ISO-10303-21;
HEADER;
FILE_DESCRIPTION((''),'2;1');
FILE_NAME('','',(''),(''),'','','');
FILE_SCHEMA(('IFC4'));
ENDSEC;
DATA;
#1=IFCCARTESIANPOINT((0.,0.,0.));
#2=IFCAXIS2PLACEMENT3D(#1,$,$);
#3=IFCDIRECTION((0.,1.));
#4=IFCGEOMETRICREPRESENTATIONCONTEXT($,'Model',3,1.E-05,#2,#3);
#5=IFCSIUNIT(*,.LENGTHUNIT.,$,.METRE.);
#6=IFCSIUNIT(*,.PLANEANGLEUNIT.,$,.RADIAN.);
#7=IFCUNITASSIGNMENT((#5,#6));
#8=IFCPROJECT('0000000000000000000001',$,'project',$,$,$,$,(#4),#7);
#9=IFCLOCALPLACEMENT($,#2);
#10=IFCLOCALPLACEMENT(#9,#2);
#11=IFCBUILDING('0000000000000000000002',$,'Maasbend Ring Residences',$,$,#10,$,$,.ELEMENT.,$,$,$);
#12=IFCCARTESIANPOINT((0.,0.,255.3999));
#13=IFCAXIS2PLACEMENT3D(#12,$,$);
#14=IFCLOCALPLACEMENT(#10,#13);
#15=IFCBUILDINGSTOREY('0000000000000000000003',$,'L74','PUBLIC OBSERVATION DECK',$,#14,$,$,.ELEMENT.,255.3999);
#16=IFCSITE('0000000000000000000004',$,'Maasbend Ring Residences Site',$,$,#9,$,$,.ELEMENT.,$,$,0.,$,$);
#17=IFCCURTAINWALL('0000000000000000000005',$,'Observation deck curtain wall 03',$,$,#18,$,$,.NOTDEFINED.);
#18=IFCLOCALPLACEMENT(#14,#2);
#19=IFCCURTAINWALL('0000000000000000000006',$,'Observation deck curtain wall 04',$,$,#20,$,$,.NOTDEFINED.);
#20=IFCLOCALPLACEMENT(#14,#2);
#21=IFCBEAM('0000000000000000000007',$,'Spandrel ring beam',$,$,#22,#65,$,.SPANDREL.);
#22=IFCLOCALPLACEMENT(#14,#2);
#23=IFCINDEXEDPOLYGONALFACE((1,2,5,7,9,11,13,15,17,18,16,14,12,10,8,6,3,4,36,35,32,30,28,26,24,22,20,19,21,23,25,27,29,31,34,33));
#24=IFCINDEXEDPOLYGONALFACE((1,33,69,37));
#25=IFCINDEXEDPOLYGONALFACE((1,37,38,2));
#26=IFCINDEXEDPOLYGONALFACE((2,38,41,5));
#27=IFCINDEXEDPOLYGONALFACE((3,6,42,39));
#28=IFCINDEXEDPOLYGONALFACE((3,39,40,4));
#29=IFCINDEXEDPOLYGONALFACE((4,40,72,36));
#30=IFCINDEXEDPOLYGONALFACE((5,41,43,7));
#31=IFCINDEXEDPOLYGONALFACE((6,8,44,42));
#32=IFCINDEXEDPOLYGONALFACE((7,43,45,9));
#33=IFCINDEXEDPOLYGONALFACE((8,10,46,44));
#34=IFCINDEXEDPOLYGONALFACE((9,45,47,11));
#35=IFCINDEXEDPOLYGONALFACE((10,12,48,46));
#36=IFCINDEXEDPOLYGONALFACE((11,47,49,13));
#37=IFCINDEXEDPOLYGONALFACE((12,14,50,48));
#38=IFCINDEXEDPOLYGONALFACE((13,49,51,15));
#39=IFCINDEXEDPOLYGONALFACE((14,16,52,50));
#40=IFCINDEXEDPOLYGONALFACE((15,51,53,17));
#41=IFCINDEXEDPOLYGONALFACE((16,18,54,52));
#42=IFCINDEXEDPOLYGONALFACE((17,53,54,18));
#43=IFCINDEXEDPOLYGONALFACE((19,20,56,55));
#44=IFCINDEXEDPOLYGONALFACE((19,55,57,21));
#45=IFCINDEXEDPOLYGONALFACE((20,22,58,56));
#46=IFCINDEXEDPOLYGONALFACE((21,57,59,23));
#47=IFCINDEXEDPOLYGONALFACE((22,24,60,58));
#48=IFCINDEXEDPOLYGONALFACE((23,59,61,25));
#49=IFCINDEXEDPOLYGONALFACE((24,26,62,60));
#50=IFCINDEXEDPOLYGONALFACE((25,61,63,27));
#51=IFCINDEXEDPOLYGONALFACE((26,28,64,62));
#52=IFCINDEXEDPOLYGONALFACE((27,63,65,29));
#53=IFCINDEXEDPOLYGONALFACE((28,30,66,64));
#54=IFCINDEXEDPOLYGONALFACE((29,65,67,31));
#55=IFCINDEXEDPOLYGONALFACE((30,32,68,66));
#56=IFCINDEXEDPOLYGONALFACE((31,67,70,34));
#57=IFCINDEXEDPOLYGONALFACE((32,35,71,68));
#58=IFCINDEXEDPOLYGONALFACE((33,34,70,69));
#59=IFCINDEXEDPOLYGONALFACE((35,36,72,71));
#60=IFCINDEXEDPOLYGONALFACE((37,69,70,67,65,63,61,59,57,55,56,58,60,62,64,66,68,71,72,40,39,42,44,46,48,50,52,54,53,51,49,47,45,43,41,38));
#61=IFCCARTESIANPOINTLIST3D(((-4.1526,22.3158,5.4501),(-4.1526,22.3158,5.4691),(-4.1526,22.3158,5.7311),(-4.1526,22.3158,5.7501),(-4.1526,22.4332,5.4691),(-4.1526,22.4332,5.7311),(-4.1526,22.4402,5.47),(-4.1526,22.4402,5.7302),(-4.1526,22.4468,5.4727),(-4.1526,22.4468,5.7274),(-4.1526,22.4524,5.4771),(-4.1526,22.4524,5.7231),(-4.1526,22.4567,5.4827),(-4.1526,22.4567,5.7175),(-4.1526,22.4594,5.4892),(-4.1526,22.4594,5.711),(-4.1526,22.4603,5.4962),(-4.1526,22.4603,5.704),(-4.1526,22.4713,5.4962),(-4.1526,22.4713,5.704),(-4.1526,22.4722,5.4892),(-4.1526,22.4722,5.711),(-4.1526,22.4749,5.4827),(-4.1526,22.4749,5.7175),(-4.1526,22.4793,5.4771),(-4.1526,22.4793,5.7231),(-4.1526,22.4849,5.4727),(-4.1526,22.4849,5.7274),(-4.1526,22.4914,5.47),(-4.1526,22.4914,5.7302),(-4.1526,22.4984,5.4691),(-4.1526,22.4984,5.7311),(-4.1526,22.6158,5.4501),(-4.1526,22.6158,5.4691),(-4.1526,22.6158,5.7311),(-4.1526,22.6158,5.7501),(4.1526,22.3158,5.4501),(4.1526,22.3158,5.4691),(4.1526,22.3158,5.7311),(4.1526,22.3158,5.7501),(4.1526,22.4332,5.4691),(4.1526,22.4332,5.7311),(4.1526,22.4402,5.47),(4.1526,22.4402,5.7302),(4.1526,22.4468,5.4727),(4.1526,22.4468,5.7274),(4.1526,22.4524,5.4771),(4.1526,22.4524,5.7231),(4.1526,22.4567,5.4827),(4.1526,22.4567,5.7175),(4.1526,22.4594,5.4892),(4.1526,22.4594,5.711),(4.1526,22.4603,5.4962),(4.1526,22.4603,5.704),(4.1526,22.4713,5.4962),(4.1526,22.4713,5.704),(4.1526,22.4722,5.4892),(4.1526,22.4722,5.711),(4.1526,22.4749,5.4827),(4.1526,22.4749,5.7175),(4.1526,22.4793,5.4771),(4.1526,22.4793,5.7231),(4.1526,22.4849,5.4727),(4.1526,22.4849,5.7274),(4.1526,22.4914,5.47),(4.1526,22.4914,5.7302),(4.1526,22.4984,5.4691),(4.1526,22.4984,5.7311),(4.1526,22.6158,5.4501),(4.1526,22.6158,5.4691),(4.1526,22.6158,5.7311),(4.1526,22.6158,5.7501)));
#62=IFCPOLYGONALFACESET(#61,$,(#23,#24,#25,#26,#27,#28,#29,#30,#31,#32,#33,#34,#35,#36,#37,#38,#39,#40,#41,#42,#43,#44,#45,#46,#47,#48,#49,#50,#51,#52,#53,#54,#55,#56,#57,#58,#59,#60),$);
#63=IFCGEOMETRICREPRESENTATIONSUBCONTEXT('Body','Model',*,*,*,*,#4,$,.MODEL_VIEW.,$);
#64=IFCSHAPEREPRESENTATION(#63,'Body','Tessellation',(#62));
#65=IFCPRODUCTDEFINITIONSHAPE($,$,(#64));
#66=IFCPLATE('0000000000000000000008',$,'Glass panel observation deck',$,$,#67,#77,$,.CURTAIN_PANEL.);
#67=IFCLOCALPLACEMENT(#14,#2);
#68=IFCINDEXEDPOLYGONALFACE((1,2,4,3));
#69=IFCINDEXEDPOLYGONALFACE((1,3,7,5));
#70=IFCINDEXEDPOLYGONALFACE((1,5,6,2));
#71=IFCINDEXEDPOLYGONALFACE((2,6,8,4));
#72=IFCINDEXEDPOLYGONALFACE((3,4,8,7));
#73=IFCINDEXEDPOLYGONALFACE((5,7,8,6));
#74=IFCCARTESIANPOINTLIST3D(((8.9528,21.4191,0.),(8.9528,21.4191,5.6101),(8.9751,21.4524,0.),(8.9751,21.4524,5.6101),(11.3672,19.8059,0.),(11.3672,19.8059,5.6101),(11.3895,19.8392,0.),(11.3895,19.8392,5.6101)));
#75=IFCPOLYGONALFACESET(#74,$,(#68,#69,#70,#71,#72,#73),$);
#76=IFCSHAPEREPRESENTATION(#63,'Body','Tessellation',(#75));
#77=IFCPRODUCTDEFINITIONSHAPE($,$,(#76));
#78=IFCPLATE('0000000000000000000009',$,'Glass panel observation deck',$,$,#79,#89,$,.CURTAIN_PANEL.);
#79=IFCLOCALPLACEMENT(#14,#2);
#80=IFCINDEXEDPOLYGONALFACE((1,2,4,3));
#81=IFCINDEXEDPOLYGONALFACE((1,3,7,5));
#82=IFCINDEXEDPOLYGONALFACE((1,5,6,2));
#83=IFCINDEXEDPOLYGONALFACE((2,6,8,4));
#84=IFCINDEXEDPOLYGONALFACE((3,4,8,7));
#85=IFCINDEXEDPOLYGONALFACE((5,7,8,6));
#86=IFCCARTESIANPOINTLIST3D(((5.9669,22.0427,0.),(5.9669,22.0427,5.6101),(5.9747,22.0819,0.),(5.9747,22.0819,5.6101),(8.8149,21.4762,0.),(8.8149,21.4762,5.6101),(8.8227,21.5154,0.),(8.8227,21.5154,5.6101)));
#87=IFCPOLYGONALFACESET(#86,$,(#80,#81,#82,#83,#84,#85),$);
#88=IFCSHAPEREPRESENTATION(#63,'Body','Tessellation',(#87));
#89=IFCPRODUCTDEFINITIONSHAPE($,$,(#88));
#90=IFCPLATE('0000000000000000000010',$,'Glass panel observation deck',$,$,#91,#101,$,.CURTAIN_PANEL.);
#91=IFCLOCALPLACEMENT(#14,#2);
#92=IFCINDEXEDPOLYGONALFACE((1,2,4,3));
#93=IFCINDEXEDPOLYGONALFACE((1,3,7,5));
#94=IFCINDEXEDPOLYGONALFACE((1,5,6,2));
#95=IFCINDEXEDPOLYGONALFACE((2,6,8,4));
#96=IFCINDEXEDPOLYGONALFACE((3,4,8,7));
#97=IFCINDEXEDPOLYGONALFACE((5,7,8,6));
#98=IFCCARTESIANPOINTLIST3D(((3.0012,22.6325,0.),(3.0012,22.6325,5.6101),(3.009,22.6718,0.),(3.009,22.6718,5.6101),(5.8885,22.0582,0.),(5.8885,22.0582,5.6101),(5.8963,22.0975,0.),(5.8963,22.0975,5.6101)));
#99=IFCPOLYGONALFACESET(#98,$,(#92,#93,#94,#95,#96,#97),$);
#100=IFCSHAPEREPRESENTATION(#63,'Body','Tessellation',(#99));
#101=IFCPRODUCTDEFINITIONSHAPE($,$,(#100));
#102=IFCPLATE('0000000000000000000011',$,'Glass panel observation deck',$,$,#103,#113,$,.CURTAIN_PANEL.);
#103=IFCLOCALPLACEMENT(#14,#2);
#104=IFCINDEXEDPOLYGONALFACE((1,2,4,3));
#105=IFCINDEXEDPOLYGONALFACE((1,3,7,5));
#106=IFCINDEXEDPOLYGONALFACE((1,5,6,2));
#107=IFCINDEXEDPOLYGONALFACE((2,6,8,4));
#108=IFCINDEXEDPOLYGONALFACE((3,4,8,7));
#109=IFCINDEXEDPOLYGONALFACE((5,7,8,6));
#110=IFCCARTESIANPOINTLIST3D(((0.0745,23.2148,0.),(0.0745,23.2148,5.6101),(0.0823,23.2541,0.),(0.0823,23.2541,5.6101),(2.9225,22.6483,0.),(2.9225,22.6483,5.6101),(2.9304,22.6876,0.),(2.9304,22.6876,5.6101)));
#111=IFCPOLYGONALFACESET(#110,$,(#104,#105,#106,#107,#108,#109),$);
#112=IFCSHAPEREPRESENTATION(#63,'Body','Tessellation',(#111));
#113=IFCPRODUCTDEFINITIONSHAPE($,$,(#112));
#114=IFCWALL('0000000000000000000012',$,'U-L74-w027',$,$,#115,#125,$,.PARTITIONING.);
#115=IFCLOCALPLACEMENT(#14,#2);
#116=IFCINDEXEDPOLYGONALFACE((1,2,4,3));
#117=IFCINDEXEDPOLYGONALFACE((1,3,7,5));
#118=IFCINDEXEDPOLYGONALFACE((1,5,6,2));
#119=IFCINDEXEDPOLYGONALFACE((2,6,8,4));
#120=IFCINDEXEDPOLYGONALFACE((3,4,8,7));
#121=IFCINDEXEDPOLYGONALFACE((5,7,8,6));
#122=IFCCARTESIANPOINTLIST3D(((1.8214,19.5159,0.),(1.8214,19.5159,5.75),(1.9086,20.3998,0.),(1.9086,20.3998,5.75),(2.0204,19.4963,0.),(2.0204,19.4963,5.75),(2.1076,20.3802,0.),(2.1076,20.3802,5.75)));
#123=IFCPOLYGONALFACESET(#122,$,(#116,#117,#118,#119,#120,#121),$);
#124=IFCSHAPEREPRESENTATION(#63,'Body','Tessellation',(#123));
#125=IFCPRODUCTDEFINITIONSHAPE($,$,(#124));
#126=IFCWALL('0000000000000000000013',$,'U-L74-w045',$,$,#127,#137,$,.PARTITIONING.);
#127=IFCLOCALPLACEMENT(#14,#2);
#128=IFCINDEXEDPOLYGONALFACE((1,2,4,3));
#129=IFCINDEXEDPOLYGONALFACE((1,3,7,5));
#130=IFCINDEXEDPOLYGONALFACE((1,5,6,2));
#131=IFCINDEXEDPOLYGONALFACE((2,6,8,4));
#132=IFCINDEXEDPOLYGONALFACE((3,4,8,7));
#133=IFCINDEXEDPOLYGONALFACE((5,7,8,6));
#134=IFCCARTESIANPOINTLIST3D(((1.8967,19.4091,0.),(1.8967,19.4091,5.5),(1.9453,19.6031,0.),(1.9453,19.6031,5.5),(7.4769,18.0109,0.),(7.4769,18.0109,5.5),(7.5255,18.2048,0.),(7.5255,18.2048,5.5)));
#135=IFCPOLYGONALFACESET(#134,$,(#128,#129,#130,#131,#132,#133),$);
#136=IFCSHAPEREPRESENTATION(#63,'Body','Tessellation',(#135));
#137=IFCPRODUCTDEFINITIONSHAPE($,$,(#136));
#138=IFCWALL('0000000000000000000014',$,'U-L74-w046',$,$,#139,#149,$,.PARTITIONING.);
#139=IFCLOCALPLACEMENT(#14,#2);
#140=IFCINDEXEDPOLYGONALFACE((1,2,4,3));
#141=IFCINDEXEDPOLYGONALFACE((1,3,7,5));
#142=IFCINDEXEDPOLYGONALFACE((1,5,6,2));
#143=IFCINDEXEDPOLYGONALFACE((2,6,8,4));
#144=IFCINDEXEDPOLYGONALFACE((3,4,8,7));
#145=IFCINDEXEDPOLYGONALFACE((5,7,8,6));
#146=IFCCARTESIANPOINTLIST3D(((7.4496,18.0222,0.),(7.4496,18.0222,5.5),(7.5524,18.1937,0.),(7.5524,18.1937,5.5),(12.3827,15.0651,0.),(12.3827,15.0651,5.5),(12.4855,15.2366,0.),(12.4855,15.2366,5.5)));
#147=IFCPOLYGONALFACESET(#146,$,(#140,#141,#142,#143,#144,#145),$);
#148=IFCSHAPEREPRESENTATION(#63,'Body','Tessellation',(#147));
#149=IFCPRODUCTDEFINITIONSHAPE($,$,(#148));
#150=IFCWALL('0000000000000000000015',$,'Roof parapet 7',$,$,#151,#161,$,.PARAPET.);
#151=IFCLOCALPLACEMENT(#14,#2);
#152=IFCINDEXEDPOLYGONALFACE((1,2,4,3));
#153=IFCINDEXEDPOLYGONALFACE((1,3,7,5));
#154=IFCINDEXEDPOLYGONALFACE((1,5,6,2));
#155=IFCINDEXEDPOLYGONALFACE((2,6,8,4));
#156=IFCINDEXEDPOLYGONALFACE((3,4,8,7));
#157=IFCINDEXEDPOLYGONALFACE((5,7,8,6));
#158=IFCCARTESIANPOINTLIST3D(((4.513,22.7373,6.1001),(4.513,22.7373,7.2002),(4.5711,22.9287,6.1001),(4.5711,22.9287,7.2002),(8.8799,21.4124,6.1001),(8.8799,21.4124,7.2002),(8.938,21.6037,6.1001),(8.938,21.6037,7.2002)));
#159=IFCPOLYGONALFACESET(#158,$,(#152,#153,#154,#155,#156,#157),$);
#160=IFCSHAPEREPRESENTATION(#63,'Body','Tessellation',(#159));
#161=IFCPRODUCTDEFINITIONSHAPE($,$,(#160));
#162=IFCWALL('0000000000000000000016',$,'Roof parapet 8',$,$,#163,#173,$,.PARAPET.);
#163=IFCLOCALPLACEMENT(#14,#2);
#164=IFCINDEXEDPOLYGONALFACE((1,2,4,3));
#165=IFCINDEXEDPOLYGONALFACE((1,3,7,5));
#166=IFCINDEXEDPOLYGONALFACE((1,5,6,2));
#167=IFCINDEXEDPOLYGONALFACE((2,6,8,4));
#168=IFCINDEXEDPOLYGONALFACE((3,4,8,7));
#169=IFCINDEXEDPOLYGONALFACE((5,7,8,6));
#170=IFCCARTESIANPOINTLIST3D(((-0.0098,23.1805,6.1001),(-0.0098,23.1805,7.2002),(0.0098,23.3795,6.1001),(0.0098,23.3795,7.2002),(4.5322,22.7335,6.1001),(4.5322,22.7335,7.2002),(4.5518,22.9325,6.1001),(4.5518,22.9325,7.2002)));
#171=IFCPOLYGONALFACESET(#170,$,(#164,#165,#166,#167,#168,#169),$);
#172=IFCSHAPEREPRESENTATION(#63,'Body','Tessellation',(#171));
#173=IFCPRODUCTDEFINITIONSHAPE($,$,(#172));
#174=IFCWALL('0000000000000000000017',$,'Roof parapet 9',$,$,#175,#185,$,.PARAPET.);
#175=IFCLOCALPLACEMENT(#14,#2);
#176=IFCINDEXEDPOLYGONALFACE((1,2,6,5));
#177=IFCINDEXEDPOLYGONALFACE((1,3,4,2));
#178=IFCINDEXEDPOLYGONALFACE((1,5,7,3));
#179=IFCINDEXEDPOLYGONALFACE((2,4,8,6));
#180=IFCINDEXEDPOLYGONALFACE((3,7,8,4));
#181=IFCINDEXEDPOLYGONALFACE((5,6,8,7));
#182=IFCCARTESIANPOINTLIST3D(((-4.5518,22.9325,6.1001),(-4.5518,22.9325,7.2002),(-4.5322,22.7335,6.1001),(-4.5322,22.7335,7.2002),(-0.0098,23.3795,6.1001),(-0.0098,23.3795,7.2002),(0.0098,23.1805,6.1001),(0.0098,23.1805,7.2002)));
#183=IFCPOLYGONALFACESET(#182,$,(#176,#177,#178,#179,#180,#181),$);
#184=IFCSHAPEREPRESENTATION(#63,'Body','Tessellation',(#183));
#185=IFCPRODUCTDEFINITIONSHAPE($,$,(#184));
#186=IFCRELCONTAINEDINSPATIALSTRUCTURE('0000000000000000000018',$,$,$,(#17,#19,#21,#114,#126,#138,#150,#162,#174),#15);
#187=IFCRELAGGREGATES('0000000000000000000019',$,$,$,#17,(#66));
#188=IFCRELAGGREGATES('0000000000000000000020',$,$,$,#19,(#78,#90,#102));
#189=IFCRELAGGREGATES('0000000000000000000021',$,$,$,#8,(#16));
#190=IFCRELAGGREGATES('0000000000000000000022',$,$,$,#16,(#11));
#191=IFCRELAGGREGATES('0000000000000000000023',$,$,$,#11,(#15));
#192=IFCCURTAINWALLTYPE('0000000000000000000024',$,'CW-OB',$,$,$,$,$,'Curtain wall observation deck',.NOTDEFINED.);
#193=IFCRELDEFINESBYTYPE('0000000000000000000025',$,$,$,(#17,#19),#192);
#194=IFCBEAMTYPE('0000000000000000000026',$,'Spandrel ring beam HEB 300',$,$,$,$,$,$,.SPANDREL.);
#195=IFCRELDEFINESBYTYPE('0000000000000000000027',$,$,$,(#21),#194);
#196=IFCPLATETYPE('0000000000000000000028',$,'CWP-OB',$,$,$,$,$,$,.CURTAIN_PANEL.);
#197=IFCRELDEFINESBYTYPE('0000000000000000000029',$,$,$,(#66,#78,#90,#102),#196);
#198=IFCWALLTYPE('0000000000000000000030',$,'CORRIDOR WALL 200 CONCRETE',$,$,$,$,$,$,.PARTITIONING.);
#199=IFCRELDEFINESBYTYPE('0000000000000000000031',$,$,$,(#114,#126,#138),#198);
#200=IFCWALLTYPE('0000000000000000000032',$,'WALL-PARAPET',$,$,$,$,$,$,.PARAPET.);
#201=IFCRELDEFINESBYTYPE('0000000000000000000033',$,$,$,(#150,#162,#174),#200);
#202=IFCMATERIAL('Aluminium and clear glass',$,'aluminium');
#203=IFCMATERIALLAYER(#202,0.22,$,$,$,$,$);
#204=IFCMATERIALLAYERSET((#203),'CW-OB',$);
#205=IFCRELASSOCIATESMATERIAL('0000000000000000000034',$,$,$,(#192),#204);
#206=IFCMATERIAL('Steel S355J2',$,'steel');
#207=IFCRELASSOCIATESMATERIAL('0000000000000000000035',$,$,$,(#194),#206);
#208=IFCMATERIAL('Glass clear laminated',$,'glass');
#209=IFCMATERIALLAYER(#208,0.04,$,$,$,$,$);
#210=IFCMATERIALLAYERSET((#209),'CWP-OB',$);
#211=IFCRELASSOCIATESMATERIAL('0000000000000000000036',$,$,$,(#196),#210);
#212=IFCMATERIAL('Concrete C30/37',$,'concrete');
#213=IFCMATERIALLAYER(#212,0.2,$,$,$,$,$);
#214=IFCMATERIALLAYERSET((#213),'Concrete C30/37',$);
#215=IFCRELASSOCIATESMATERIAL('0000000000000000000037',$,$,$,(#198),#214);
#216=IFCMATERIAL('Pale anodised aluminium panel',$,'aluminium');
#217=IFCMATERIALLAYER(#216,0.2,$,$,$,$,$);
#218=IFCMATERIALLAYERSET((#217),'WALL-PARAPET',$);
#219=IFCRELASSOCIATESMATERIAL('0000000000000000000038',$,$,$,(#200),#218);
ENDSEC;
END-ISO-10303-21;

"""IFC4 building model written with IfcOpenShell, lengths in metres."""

from ifc_helpers import new_model, si_unit, direction, frame, frame_2d, origin, origin_2d, place, context, subcontext, project, spatial, rectangle, i_section, extrude, material, layer, layer_set, material_profile, profile_set, type_object, element, aggregate, save


model = new_model("IFC4")

# Units and contexts
model_context = context("Model", 3, precision=1e-05, world=origin(), true_north=direction((0.0, 1.0)))
body_context = subcontext(model_context, "Body", "Model", "MODEL_VIEW")
ifc_project = project(units=[si_unit("LENGTHUNIT", "METRE"), si_unit("PLANEANGLEUNIT", "RADIAN")], contexts=[model_context])

# Site, building, storey
site_placement = place(None, origin())
site = spatial("IfcSite", under=ifc_project, at=site_placement, Name="Maasbend Ring Residences Site", CompositionType="ELEMENT", RefElevation=0.0)
building_placement = place(site_placement, origin())
building = spatial("IfcBuilding", under=site, at=building_placement, Name="Maasbend Ring Residences", CompositionType="ELEMENT")
storey_placement = place(building_placement, frame((0.0, 0.0, 255.3999)))
storey = spatial("IfcBuildingStorey", under=building, at=storey_placement, Name="L74", Description="PUBLIC OBSERVATION DECK", CompositionType="ELEMENT", Elevation=255.3999)

# Curtain walls
ifc_material_1 = material(Name="Aluminium and clear glass", Category="aluminium")
ifc_layer_1 = layer(ifc_material_1, 0.22)
ifc_layer_set_1 = layer_set([ifc_layer_1], Name="CW-OB")
curtain_wall_type = type_object("IfcCurtainWallType", Name="CW-OB", ElementType="Curtain wall observation deck", PredefinedType="NOTDEFINED", material=ifc_layer_set_1)
curtain_wall_1_placement = place(storey_placement, origin())
curtain_wall_1 = element("IfcCurtainWall", 1, at=curtain_wall_1_placement, inside=storey, type_object=curtain_wall_type, Name="Observation deck curtain wall 03", PredefinedType="NOTDEFINED")
curtain_wall_2_placement = place(storey_placement, origin())
curtain_wall_2 = element("IfcCurtainWall", 2, at=curtain_wall_2_placement, inside=storey, type_object=curtain_wall_type, Name="Observation deck curtain wall 04", PredefinedType="NOTDEFINED")

# Beam
ifc_material_2 = material(Name="Steel S355J2", Category="steel")
ifc_material_profile_1 = material_profile(ifc_material_2, i_section(OverallWidth=0.3, OverallDepth=0.3, WebThickness=0.011, FlangeThickness=0.019, FilletRadius=0.0271, at=origin_2d()), Name="HEB 300")
ifc_profile_set_1 = profile_set([ifc_material_profile_1], Name="Steel S355J2")
beam_type_1 = type_object("IfcBeamType", Name="Spandrel ring beam HEB 300", PredefinedType="SPANDREL", material=ifc_profile_set_1)
beam_1_placement = place(storey_placement, frame((4.1526, 22.4658, 5.6001), z_axis=(-1.0, 0.0, 0.0), x_axis=(0.0, -1.0, 0.0)))
element("IfcBeam", 3, at=beam_1_placement, inside=storey, type_object=beam_type_1, Name="Spandrel ring beam", PredefinedType="SPANDREL", context=body_context, shape_type="SweptSolid", body=[
    extrude(i_section(OverallWidth=0.3, OverallDepth=0.3, WebThickness=0.011, FlangeThickness=0.019, FilletRadius=0.0271, at=origin_2d()), origin(), (0.0, 0.0, 1.0), 8.3052),
])

# Plates
ifc_material_3 = material(Name="Glass clear laminated", Category="glass")
ifc_layer_2 = layer(ifc_material_3, 0.04)
ifc_layer_set_2 = layer_set([ifc_layer_2], Name="CWP-OB")
plate_type = type_object("IfcPlateType", Name="CWP-OB", PredefinedType="CURTAIN_PANEL", material=ifc_layer_set_2)
plate_1_placement = place(storey_placement, frame((10.1711, 20.6292, 0.0), z_axis=(0.0, 0.0, 1.0), x_axis=(-0.83147, 0.55557, 0.0)))
plate_1 = element("IfcPlate", 4, at=plate_1_placement, type_object=plate_type, Name="Glass panel observation deck", PredefinedType="CURTAIN_PANEL", context=body_context, shape_type="SweptSolid", body=[
    extrude(rectangle(XDim=2.9038, YDim=0.04, at=origin_2d()), origin(), (0.0, 0.0, 1.0), 5.6101),
])
aggregate(curtain_wall_1, [plate_1])
plate_2_placement = place(storey_placement, frame((7.3948, 21.7791, 0.0), z_axis=(0.0, 0.0, 1.0), x_axis=(-0.980785, 0.19509, 0.0)))
plate_2 = element("IfcPlate", 5, at=plate_2_placement, type_object=plate_type, Name="Glass panel observation deck", PredefinedType="CURTAIN_PANEL", context=body_context, shape_type="SweptSolid", body=[
    extrude(rectangle(XDim=2.9038, YDim=0.04, at=origin_2d()), origin(), (0.0, 0.0, 1.0), 5.6101),
])
plate_3_placement = place(storey_placement, frame((4.4487, 22.365, 0.0), z_axis=(0.0, 0.0, 1.0), x_axis=(-0.980785, 0.19509, 0.0)))
plate_3 = element("IfcPlate", 6, at=plate_3_placement, type_object=plate_type, Name="Glass panel observation deck", PredefinedType="CURTAIN_PANEL", context=body_context, shape_type="SweptSolid", body=[
    extrude(rectangle(XDim=2.9438, YDim=0.04, at=origin_2d()), origin(), (0.0, 0.0, 1.0), 5.6101),
])
plate_4_placement = place(storey_placement, frame((1.5024, 22.9512, 0.0), z_axis=(0.0, 0.0, 1.0), x_axis=(-0.980785, 0.19509, 0.0)))
plate_4 = element("IfcPlate", 7, at=plate_4_placement, type_object=plate_type, Name="Glass panel observation deck", PredefinedType="CURTAIN_PANEL", context=body_context, shape_type="SweptSolid", body=[
    extrude(rectangle(XDim=2.9038, YDim=0.04, at=origin_2d()), origin(), (0.0, 0.0, 1.0), 5.6101),
])
aggregate(curtain_wall_2, [plate_2, plate_3, plate_4])

# Walls
ifc_material_4 = material(Name="Concrete C30/37", Category="concrete")
ifc_layer_3 = layer(ifc_material_4, 0.2)
ifc_layer_set_3 = layer_set([ifc_layer_3], Name="Concrete C30/37")
wall_type_1 = type_object("IfcWallType", Name="CORRIDOR WALL 200 CONCRETE", PredefinedType="PARTITIONING", material=ifc_layer_set_3)
wall_1_placement = place(storey_placement, frame((1.9209, 19.5061, 0.0), z_axis=(0.0, 0.0, 1.0), x_axis=(0.098143, 0.995172, 0.0)))
element("IfcWall", 8, at=wall_1_placement, inside=storey, type_object=wall_type_1, Name="U-L74-w027", PredefinedType="PARTITIONING", context=body_context, shape_type="SweptSolid", body=[
    extrude(rectangle(XDim=0.8882, YDim=0.2, at=frame_2d((0.4441, 0.0))), origin(), (0.0, 0.0, 1.0), 5.75),
])
wall_2_placement = place(storey_placement, frame((1.9209, 19.5061, 0.0), z_axis=(0.0, 0.0, 1.0), x_axis=(0.970013, -0.243055, 0.0)))
element("IfcWall", 9, at=wall_2_placement, inside=storey, type_object=wall_type_1, Name="U-L74-w045", PredefinedType="PARTITIONING", context=body_context, shape_type="SweptSolid", body=[
    extrude(rectangle(XDim=5.7527, YDim=0.2, at=frame_2d((2.8765, 0.0))), origin(), (0.0, 0.0, 1.0), 5.5),
])
wall_3_placement = place(storey_placement, frame((7.501, 18.1079, 0.0), z_axis=(0.0, 0.0, 1.0), x_axis=(0.85771, -0.514134, 0.0)))
element("IfcWall", 10, at=wall_3_placement, inside=storey, type_object=wall_type_1, Name="U-L74-w046", PredefinedType="PARTITIONING", context=body_context, shape_type="SweptSolid", body=[
    extrude(rectangle(XDim=5.7515, YDim=0.2, at=frame_2d((2.8757, 0.0))), origin(), (0.0, 0.0, 1.0), 5.5),
])
ifc_material_5 = material(Name="Pale anodised aluminium panel", Category="aluminium")
ifc_layer_4 = layer(ifc_material_5, 0.2)
ifc_layer_set_4 = layer_set([ifc_layer_4], Name="WALL-PARAPET")
wall_type_2 = type_object("IfcWallType", Name="WALL-PARAPET", PredefinedType="PARAPET", material=ifc_layer_set_4)
wall_4_placement = place(storey_placement, frame((8.9089, 21.5081, 6.1001), z_axis=(0.0, 0.0, 1.0), x_axis=(-0.956925, 0.290336, 0.0)))
element("IfcWall", 11, at=wall_4_placement, inside=storey, type_object=wall_type_2, Name="Roof parapet 7", PredefinedType="PARAPET", context=body_context, shape_type="SweptSolid", body=[
    extrude(rectangle(XDim=4.5635, YDim=0.2, at=frame_2d((2.2817, 0.0))), origin(), (0.0, 0.0, 1.0), 1.1001),
])
for number, where, z_axis, x_axis, name in (
    (12, (4.542, 22.833, 6.1001), (0.0, 0.0, 1.0), (-0.995192, 0.097946, 0.0), "Roof parapet 8"),
    (13, (0.0, 23.28, 6.1001), (0.0, 0.0, 1.0), (-0.995192, -0.097946, 0.0), "Roof parapet 9"),
):
    element("IfcWall", number, at=place(storey_placement, frame(where, z_axis=z_axis, x_axis=x_axis)), inside=storey, type_object=wall_type_2, Name=name, PredefinedType="PARAPET", context=body_context, shape_type="SweptSolid", body=[
        extrude(rectangle(XDim=4.564, YDim=0.2, at=frame_2d((2.282, 0.0))), origin(), (0.0, 0.0, 1.0), 1.1001),
    ])

save(model, "model.ifc")
